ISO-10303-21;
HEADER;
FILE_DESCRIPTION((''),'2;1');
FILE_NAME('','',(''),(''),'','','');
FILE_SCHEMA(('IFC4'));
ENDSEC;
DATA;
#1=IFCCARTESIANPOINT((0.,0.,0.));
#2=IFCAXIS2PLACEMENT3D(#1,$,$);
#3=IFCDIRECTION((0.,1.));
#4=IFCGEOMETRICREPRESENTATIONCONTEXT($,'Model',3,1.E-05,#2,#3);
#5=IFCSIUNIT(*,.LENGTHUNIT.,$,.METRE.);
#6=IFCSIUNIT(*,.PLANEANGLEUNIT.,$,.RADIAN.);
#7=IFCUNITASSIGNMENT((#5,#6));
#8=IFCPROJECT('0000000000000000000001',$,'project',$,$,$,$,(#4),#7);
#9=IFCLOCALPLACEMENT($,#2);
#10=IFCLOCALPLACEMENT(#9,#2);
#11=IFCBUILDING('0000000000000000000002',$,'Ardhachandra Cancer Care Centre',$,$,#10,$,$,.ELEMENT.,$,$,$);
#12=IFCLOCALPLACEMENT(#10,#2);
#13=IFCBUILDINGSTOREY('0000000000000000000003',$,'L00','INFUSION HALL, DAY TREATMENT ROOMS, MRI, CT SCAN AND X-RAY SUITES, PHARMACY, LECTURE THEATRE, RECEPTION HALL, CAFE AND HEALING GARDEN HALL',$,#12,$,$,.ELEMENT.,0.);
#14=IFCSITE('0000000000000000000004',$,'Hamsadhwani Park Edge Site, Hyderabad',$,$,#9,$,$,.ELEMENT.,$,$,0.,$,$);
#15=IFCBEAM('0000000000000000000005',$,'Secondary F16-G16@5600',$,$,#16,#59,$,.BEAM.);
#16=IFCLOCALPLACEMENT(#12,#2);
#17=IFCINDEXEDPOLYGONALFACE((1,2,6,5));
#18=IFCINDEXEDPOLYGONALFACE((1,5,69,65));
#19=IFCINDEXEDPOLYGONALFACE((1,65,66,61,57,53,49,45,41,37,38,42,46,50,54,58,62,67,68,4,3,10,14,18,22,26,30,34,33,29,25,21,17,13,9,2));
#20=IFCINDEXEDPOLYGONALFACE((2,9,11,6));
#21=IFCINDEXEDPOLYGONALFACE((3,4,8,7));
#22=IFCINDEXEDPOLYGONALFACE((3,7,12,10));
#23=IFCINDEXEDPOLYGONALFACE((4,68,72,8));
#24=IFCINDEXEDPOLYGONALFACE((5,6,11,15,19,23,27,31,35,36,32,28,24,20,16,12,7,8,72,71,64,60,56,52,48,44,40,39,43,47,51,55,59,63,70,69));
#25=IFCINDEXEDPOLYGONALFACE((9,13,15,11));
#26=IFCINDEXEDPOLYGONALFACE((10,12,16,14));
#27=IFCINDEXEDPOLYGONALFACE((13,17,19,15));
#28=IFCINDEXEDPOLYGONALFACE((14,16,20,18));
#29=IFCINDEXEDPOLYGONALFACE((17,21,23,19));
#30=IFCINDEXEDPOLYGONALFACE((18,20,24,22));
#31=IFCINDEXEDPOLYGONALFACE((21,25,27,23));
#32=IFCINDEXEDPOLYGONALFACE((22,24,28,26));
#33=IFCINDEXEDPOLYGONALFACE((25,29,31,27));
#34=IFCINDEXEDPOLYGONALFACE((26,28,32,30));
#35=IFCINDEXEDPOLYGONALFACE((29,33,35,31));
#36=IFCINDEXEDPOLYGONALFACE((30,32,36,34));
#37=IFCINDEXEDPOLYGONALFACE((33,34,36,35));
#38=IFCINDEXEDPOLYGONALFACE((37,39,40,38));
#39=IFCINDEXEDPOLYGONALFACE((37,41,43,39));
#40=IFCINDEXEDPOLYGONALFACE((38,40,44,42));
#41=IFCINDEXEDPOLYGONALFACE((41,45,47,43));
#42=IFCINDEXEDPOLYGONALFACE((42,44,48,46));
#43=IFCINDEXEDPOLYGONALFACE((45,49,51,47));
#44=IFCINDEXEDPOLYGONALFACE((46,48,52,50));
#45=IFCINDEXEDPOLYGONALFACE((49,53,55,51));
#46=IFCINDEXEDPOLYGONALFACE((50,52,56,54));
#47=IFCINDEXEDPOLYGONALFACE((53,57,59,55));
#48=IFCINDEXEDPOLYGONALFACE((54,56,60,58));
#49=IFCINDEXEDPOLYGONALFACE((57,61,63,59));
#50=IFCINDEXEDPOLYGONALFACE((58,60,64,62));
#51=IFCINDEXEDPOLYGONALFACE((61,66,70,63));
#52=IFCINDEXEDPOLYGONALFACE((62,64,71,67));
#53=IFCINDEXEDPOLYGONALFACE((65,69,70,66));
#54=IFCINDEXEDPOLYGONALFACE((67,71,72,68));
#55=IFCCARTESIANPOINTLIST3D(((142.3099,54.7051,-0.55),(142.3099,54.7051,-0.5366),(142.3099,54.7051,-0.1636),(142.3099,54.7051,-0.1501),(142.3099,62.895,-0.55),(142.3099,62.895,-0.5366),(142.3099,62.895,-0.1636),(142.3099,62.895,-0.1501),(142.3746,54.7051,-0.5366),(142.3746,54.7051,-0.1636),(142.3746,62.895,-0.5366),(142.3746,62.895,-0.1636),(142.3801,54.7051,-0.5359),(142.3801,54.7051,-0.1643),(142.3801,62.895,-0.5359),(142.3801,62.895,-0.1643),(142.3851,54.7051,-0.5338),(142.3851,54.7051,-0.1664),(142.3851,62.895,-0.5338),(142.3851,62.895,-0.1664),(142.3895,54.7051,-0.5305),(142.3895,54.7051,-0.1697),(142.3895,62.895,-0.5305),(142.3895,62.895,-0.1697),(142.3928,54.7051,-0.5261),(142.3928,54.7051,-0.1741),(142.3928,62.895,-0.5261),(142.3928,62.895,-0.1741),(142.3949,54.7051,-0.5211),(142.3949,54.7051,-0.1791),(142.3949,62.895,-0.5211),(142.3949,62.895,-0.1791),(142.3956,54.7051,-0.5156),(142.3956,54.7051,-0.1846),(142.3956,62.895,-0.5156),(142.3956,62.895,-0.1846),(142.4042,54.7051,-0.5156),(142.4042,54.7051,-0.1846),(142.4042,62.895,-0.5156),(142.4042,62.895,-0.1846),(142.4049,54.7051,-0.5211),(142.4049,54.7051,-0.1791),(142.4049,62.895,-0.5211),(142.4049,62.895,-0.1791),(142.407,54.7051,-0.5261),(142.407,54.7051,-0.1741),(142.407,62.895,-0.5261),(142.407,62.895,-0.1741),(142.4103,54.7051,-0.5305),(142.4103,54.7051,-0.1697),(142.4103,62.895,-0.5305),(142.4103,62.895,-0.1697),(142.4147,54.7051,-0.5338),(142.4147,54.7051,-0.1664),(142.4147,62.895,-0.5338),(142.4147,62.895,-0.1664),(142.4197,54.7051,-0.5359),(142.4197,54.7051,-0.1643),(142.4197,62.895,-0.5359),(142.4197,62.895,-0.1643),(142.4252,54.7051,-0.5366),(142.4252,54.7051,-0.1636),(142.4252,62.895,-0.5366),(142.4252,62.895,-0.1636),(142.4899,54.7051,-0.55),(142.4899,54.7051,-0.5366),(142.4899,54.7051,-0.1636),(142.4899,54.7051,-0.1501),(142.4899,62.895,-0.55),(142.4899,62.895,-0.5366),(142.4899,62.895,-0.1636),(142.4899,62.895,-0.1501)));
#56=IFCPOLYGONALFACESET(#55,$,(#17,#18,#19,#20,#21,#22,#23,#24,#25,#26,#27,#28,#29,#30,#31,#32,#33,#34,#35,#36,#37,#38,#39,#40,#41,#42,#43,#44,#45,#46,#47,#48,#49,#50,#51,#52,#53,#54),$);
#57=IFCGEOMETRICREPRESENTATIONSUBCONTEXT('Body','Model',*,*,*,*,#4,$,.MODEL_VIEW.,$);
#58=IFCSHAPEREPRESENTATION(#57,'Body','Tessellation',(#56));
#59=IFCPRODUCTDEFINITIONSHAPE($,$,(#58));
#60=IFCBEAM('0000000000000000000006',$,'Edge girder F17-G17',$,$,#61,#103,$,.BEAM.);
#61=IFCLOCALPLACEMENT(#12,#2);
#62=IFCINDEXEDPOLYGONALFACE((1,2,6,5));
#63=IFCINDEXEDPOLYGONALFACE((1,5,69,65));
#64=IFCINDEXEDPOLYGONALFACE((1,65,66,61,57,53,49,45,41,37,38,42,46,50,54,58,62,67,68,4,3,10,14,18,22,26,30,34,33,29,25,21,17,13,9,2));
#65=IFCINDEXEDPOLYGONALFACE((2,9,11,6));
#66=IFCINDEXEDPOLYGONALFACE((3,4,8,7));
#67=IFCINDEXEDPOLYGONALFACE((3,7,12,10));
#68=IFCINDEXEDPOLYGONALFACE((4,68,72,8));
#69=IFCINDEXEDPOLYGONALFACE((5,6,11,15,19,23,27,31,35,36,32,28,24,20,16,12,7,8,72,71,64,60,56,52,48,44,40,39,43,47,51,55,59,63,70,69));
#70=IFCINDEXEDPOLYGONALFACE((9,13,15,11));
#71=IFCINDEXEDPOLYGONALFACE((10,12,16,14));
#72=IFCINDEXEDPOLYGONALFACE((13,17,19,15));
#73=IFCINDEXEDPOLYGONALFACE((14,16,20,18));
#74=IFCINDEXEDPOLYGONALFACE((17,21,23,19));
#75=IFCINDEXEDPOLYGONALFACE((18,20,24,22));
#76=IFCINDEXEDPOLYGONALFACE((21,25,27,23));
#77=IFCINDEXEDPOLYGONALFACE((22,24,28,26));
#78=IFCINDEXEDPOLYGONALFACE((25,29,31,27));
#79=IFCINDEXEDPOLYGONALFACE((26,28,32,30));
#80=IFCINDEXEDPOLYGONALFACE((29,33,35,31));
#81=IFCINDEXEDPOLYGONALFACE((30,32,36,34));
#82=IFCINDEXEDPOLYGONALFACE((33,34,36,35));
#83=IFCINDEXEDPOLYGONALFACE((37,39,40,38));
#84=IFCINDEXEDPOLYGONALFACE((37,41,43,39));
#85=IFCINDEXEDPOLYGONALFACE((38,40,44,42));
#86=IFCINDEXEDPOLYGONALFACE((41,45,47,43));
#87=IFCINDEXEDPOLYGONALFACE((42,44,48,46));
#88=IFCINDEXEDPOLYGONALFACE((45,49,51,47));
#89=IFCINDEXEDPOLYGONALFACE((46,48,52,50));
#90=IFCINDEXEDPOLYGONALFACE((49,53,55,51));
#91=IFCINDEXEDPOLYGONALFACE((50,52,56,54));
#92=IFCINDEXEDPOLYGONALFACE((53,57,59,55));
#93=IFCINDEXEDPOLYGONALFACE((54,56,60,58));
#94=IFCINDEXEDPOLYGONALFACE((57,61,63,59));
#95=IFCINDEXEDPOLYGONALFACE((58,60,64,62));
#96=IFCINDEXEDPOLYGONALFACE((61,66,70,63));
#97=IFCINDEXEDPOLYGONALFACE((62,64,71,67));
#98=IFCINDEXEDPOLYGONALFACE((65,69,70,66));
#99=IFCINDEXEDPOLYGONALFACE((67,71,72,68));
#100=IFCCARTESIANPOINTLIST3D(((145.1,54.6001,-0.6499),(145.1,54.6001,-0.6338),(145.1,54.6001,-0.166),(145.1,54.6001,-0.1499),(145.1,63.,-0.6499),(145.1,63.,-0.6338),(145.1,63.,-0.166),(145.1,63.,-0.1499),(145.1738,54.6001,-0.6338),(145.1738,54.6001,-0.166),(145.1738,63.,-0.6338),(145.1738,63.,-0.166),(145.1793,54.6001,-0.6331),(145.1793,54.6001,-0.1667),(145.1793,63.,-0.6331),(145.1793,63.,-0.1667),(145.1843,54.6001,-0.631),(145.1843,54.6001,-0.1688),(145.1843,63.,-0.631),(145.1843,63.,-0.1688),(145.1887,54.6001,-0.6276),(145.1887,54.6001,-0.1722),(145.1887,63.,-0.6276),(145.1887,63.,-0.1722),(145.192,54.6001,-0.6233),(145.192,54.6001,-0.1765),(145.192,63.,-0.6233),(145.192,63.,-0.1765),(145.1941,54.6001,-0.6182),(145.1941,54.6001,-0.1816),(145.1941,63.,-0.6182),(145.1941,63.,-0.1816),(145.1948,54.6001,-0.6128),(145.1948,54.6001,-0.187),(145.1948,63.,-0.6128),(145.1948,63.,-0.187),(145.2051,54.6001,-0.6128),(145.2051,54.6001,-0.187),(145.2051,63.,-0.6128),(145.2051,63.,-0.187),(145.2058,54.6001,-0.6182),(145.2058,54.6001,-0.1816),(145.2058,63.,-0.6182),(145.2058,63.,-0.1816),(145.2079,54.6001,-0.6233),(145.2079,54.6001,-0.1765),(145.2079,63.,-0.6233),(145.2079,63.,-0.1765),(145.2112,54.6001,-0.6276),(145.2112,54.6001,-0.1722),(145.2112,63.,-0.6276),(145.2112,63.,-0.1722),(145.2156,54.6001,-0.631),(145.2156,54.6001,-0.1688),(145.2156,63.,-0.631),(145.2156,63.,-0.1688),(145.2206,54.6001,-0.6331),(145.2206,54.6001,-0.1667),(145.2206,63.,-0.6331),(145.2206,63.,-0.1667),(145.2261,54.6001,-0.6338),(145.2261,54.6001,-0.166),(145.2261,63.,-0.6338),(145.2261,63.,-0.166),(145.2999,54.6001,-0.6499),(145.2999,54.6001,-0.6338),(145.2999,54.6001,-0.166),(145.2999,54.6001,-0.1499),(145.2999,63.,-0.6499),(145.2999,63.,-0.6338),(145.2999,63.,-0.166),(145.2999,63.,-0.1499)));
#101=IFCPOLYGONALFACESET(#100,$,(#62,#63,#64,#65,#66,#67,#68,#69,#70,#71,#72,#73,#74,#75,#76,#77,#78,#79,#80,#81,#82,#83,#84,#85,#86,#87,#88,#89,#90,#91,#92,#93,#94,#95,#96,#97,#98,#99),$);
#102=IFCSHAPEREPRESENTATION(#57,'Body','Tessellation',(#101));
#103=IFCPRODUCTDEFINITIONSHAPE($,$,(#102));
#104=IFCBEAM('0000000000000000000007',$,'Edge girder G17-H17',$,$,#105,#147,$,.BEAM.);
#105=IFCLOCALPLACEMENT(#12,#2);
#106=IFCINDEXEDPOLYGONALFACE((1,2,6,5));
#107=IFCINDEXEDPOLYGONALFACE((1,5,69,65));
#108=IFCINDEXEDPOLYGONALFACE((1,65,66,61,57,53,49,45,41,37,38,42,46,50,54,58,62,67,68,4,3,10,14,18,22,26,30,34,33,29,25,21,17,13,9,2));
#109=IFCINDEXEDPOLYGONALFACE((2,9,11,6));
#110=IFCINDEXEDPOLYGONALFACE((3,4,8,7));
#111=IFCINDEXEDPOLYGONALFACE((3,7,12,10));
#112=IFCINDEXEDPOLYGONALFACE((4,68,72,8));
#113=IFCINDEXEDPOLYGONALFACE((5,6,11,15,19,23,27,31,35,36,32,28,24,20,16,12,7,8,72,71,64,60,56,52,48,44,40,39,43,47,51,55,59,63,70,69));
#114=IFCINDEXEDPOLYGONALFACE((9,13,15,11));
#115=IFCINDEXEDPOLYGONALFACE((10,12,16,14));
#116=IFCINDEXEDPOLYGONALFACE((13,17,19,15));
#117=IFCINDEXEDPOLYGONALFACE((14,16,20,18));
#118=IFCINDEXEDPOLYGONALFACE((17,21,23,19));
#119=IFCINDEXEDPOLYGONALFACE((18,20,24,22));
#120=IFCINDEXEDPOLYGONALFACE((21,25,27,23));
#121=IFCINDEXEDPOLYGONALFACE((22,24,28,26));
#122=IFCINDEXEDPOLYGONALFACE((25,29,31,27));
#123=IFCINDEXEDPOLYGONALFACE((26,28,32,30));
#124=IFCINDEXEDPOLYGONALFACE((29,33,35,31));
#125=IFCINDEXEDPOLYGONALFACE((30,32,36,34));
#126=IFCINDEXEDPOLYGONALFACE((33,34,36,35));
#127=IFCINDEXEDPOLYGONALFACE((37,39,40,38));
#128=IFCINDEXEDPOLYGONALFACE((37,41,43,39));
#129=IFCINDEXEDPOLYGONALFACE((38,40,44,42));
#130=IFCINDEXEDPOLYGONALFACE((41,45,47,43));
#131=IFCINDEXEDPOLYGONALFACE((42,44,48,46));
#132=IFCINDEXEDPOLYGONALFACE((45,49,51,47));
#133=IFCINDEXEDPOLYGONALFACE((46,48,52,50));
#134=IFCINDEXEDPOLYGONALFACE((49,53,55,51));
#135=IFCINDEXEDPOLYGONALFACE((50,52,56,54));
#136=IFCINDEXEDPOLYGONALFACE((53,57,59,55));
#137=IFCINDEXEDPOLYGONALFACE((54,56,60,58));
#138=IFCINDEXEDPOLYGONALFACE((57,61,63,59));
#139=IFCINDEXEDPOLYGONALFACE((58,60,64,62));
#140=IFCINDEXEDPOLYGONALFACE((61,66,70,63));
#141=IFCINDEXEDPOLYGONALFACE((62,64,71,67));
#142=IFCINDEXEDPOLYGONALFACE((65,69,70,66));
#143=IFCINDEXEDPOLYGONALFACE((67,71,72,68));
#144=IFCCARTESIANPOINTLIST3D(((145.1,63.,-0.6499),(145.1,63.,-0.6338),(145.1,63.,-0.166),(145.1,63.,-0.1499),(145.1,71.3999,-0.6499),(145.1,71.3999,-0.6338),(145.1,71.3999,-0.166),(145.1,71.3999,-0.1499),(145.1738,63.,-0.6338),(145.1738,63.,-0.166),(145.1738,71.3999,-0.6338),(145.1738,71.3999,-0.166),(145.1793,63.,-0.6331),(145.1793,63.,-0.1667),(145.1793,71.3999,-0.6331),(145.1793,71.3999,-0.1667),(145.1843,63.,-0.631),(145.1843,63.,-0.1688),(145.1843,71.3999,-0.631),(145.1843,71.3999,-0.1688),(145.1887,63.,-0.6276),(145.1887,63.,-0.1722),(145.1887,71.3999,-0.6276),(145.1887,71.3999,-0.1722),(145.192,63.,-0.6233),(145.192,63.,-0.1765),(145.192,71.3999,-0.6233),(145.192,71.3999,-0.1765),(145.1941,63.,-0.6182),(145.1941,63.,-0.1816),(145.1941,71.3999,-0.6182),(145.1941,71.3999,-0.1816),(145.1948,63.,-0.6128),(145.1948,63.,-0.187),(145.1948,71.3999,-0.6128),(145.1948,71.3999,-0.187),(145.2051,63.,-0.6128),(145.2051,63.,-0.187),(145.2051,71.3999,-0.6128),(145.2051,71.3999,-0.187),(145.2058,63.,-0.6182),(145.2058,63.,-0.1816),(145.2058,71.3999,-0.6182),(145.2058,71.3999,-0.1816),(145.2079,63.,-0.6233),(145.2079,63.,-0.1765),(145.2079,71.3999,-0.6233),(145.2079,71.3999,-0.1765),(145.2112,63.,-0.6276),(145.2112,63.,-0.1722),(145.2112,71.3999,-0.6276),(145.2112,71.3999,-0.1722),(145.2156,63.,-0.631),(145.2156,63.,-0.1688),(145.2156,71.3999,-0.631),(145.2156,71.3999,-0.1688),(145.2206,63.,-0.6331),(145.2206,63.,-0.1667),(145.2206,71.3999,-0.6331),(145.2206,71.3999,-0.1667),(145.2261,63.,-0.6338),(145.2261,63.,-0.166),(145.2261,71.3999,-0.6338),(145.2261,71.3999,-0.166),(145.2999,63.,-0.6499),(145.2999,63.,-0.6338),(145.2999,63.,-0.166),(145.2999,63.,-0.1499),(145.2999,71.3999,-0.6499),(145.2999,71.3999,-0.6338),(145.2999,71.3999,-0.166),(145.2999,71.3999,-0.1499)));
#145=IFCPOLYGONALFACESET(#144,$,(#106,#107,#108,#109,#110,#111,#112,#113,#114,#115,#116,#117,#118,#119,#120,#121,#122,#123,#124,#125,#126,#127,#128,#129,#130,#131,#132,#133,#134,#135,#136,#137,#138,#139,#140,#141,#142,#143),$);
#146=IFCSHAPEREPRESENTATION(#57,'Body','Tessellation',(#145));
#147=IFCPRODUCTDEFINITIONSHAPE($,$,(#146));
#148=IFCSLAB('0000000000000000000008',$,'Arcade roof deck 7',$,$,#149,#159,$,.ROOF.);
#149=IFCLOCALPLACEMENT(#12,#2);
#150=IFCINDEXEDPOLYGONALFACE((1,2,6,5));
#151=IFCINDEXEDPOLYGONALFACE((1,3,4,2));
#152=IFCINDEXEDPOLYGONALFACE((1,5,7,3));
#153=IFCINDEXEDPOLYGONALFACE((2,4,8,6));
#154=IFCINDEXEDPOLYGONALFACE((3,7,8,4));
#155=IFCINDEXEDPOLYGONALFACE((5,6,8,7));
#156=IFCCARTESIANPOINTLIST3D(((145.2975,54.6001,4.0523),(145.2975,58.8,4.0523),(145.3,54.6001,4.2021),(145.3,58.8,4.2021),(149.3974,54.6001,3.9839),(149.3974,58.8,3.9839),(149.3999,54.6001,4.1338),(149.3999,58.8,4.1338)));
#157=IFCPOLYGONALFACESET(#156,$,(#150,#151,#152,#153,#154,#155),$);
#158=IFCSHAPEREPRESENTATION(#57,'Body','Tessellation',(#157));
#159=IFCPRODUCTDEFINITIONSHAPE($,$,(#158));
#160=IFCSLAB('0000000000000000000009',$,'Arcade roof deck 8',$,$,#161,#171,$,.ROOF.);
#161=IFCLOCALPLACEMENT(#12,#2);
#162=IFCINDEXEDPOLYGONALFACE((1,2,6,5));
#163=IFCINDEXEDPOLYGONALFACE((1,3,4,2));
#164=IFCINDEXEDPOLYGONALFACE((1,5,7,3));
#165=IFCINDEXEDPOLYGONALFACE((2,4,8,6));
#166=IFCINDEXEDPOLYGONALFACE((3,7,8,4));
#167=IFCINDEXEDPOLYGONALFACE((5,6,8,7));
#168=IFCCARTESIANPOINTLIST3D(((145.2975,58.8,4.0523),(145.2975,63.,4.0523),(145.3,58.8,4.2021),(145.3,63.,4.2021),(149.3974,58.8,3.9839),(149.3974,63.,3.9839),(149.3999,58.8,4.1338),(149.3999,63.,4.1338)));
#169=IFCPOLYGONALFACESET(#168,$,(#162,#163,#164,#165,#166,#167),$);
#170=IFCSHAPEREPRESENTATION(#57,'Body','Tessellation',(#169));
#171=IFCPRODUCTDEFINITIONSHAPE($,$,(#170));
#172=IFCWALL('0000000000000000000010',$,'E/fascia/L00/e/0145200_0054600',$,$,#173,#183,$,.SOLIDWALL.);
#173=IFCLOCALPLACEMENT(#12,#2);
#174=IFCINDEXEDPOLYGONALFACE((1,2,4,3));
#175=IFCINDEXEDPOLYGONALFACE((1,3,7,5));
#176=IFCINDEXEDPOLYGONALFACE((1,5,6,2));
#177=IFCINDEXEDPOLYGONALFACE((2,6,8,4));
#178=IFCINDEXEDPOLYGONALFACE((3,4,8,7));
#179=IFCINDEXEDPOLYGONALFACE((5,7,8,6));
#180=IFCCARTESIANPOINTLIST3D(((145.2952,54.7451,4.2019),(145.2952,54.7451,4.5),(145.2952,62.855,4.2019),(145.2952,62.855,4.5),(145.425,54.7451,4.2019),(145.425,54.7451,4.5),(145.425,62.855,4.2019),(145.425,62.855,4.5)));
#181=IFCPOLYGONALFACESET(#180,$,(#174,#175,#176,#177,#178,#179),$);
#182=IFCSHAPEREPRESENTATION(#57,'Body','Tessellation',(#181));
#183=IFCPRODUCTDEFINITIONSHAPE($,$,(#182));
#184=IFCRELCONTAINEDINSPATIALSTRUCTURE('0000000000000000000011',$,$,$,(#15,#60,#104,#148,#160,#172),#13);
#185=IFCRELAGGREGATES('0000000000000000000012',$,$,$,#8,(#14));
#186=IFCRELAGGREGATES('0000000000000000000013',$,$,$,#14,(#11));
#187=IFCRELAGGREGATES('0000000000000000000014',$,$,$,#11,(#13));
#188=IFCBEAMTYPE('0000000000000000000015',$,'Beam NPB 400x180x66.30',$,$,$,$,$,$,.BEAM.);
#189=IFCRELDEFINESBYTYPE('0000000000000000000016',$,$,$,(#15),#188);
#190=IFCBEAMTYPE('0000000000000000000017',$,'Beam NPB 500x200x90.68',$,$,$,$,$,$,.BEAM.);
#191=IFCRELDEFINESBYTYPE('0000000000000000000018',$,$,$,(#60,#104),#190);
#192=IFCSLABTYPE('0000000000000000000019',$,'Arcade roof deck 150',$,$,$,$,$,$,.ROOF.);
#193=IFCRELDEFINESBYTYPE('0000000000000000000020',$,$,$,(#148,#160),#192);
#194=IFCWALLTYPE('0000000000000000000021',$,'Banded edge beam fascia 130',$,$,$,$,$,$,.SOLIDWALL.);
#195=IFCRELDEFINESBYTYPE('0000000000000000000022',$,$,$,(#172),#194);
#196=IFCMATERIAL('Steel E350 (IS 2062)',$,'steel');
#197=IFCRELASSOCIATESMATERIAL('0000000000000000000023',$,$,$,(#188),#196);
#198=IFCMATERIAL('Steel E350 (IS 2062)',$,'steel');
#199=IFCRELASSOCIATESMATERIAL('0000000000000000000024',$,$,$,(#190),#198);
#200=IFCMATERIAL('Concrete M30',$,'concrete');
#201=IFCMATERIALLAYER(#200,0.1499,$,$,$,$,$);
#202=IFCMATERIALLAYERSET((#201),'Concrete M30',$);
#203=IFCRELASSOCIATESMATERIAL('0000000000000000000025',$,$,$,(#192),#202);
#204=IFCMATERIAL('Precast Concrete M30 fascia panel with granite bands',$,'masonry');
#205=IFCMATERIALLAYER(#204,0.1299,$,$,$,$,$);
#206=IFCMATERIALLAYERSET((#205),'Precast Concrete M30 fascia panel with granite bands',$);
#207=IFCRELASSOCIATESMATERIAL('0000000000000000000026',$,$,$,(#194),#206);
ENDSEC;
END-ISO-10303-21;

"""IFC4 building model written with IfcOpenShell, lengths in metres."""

from ifc_helpers import new_model, si_unit, direction, frame, frame_2d, origin, origin_2d, place, context, subcontext, project, spatial, polyline, rectangle, i_section, outline, extrude, material, layer, layer_set, material_profile, profile_set, type_object, element, save


model = new_model("IFC4")

# Units and contexts
model_context = context("Model", 3, precision=1e-05, world=origin(), true_north=direction((0.0, 1.0)))
body_context = subcontext(model_context, "Body", "Model", "MODEL_VIEW")
ifc_project = project(units=[si_unit("LENGTHUNIT", "METRE"), si_unit("PLANEANGLEUNIT", "RADIAN")], contexts=[model_context])

# Site, building, storey
site_placement = place(None, origin())
site = spatial("IfcSite", under=ifc_project, at=site_placement, Name="Hamsadhwani Park Edge Site, Hyderabad", CompositionType="ELEMENT", RefElevation=0.0)
building_placement = place(site_placement, origin())
building = spatial("IfcBuilding", under=site, at=building_placement, Name="Ardhachandra Cancer Care Centre", CompositionType="ELEMENT")
storey_placement = place(building_placement, origin())
storey = spatial("IfcBuildingStorey", under=building, at=storey_placement, Name="L00", Description="INFUSION HALL, DAY TREATMENT ROOMS, MRI, CT SCAN AND X-RAY SUITES, PHARMACY, LECTURE THEATRE, RECEPTION HALL, CAFE AND HEALING GARDEN HALL", CompositionType="ELEMENT", Elevation=0.0)

# Beams
ifc_material_1 = material(Name="Steel E350 (IS 2062)", Category="steel")
ifc_material_profile_1 = material_profile(ifc_material_1, i_section(OverallWidth=0.1799, OverallDepth=0.3999, WebThickness=0.0085, FlangeThickness=0.0134, FilletRadius=0.021, at=origin_2d()), Name="NPB 400x180x66.30")
ifc_profile_set_1 = profile_set([ifc_material_profile_1], Name="Steel E350 (IS 2062)")
beam_type_1 = type_object("IfcBeamType", Name="Beam NPB 400x180x66.30", PredefinedType="BEAM", material=ifc_profile_set_1)
for number, where, z_axis, x_axis, name in (
    (1, (142.3999, 54.7051, -0.3501), (0.0, 1.0, 0.0), (-1.0, 0.0, 0.0), "Secondary F16-G16@5600"),
):
    element("IfcBeam", number, at=place(storey_placement, frame(where, z_axis=z_axis, x_axis=x_axis)), inside=storey, type_object=beam_type_1, Name=name, PredefinedType="BEAM", context=body_context, shape_type="SweptSolid", body=[
        extrude(i_section(OverallWidth=0.1799, OverallDepth=0.3999, WebThickness=0.0085, FlangeThickness=0.0134, FilletRadius=0.021, at=origin_2d()), origin(), (0.0, 0.0, 1.0), 8.1899),
    ])
ifc_material_2 = material(Name="Steel E350 (IS 2062)", Category="steel")
ifc_material_profile_2 = material_profile(ifc_material_2, i_section(OverallWidth=0.2, OverallDepth=0.5, WebThickness=0.0103, FlangeThickness=0.0161, FilletRadius=0.021, at=origin_2d()), Name="NPB 500x200x90.68")
ifc_profile_set_2 = profile_set([ifc_material_profile_2], Name="Steel E350 (IS 2062)")
beam_type_2 = type_object("IfcBeamType", Name="Beam NPB 500x200x90.68", PredefinedType="BEAM", material=ifc_profile_set_2)
for number, where, z_axis, x_axis, name in (
    (2, (145.2, 54.6001, -0.3999), (0.0, 1.0, 0.0), (-1.0, 0.0, 0.0), "Edge girder F17-G17"),
    (3, (145.2, 63.0, -0.3999), (0.0, 1.0, 0.0), (-1.0, 0.0, 0.0), "Edge girder G17-H17"),
):
    element("IfcBeam", number, at=place(storey_placement, frame(where, z_axis=z_axis, x_axis=x_axis)), inside=storey, type_object=beam_type_2, Name=name, PredefinedType="BEAM", context=body_context, shape_type="SweptSolid", body=[
        extrude(i_section(OverallWidth=0.2, OverallDepth=0.5, WebThickness=0.0103, FlangeThickness=0.0161, FilletRadius=0.021, at=origin_2d()), origin(), (0.0, 0.0, 1.0), 8.3999),
    ])

# Slabs
ifc_material_3 = material(Name="Concrete M30", Category="concrete")
ifc_layer_1 = layer(ifc_material_3, 0.1499)
ifc_layer_set_1 = layer_set([ifc_layer_1], Name="Concrete M30")
slab_type = type_object("IfcSlabType", Name="Arcade roof deck 150", PredefinedType="ROOF", material=ifc_layer_set_1)
for number, where, z_axis, x_axis, name in (
    (4, (145.3, 54.6001, 4.2021), (0.016671, 0.0, 0.999861), (0.999861, 0.0, -0.016671), "Arcade roof deck 7"),
    (5, (145.3, 58.8, 4.2021), (0.016671, 0.0, 0.999861), (0.999861, 0.0, -0.016671), "Arcade roof deck 8"),
):
    element("IfcSlab", number, at=place(storey_placement, frame(where, z_axis=z_axis, x_axis=x_axis)), inside=storey, type_object=slab_type, Name=name, PredefinedType="ROOF", context=body_context, shape_type="SweptSolid", body=[
        extrude(outline(polyline([(0.0, 0.0), (4.1004, 0.0), (4.1004, 4.2), (0.0, 4.2), (0.0, 0.0)])), origin(), (0.0, 0.0, -1.0), 0.1499),
    ])

# Wall
ifc_material_4 = material(Name="Precast Concrete M30 fascia panel with granite bands", Category="masonry")
ifc_layer_2 = layer(ifc_material_4, 0.1299)
ifc_layer_set_2 = layer_set([ifc_layer_2], Name="Precast Concrete M30 fascia panel with granite bands")
wall_type_1 = type_object("IfcWallType", Name="Banded edge beam fascia 130", PredefinedType="SOLIDWALL", material=ifc_layer_set_2)
wall_1_placement = place(storey_placement, frame((145.3601, 54.7451, 4.2019), z_axis=(0.0, 0.0, 1.0), x_axis=(0.0, 1.0, 0.0)))
element("IfcWall", 6, at=wall_1_placement, inside=storey, type_object=wall_type_1, Name="E/fascia/L00/e/0145200_0054600", PredefinedType="SOLIDWALL", context=body_context, shape_type="SweptSolid", body=[
    extrude(rectangle(XDim=8.1099, YDim=0.1299, at=frame_2d((4.0549, 0.0))), origin(), (0.0, 0.0, 1.0), 0.2981),
])

save(model, "model.ifc")
